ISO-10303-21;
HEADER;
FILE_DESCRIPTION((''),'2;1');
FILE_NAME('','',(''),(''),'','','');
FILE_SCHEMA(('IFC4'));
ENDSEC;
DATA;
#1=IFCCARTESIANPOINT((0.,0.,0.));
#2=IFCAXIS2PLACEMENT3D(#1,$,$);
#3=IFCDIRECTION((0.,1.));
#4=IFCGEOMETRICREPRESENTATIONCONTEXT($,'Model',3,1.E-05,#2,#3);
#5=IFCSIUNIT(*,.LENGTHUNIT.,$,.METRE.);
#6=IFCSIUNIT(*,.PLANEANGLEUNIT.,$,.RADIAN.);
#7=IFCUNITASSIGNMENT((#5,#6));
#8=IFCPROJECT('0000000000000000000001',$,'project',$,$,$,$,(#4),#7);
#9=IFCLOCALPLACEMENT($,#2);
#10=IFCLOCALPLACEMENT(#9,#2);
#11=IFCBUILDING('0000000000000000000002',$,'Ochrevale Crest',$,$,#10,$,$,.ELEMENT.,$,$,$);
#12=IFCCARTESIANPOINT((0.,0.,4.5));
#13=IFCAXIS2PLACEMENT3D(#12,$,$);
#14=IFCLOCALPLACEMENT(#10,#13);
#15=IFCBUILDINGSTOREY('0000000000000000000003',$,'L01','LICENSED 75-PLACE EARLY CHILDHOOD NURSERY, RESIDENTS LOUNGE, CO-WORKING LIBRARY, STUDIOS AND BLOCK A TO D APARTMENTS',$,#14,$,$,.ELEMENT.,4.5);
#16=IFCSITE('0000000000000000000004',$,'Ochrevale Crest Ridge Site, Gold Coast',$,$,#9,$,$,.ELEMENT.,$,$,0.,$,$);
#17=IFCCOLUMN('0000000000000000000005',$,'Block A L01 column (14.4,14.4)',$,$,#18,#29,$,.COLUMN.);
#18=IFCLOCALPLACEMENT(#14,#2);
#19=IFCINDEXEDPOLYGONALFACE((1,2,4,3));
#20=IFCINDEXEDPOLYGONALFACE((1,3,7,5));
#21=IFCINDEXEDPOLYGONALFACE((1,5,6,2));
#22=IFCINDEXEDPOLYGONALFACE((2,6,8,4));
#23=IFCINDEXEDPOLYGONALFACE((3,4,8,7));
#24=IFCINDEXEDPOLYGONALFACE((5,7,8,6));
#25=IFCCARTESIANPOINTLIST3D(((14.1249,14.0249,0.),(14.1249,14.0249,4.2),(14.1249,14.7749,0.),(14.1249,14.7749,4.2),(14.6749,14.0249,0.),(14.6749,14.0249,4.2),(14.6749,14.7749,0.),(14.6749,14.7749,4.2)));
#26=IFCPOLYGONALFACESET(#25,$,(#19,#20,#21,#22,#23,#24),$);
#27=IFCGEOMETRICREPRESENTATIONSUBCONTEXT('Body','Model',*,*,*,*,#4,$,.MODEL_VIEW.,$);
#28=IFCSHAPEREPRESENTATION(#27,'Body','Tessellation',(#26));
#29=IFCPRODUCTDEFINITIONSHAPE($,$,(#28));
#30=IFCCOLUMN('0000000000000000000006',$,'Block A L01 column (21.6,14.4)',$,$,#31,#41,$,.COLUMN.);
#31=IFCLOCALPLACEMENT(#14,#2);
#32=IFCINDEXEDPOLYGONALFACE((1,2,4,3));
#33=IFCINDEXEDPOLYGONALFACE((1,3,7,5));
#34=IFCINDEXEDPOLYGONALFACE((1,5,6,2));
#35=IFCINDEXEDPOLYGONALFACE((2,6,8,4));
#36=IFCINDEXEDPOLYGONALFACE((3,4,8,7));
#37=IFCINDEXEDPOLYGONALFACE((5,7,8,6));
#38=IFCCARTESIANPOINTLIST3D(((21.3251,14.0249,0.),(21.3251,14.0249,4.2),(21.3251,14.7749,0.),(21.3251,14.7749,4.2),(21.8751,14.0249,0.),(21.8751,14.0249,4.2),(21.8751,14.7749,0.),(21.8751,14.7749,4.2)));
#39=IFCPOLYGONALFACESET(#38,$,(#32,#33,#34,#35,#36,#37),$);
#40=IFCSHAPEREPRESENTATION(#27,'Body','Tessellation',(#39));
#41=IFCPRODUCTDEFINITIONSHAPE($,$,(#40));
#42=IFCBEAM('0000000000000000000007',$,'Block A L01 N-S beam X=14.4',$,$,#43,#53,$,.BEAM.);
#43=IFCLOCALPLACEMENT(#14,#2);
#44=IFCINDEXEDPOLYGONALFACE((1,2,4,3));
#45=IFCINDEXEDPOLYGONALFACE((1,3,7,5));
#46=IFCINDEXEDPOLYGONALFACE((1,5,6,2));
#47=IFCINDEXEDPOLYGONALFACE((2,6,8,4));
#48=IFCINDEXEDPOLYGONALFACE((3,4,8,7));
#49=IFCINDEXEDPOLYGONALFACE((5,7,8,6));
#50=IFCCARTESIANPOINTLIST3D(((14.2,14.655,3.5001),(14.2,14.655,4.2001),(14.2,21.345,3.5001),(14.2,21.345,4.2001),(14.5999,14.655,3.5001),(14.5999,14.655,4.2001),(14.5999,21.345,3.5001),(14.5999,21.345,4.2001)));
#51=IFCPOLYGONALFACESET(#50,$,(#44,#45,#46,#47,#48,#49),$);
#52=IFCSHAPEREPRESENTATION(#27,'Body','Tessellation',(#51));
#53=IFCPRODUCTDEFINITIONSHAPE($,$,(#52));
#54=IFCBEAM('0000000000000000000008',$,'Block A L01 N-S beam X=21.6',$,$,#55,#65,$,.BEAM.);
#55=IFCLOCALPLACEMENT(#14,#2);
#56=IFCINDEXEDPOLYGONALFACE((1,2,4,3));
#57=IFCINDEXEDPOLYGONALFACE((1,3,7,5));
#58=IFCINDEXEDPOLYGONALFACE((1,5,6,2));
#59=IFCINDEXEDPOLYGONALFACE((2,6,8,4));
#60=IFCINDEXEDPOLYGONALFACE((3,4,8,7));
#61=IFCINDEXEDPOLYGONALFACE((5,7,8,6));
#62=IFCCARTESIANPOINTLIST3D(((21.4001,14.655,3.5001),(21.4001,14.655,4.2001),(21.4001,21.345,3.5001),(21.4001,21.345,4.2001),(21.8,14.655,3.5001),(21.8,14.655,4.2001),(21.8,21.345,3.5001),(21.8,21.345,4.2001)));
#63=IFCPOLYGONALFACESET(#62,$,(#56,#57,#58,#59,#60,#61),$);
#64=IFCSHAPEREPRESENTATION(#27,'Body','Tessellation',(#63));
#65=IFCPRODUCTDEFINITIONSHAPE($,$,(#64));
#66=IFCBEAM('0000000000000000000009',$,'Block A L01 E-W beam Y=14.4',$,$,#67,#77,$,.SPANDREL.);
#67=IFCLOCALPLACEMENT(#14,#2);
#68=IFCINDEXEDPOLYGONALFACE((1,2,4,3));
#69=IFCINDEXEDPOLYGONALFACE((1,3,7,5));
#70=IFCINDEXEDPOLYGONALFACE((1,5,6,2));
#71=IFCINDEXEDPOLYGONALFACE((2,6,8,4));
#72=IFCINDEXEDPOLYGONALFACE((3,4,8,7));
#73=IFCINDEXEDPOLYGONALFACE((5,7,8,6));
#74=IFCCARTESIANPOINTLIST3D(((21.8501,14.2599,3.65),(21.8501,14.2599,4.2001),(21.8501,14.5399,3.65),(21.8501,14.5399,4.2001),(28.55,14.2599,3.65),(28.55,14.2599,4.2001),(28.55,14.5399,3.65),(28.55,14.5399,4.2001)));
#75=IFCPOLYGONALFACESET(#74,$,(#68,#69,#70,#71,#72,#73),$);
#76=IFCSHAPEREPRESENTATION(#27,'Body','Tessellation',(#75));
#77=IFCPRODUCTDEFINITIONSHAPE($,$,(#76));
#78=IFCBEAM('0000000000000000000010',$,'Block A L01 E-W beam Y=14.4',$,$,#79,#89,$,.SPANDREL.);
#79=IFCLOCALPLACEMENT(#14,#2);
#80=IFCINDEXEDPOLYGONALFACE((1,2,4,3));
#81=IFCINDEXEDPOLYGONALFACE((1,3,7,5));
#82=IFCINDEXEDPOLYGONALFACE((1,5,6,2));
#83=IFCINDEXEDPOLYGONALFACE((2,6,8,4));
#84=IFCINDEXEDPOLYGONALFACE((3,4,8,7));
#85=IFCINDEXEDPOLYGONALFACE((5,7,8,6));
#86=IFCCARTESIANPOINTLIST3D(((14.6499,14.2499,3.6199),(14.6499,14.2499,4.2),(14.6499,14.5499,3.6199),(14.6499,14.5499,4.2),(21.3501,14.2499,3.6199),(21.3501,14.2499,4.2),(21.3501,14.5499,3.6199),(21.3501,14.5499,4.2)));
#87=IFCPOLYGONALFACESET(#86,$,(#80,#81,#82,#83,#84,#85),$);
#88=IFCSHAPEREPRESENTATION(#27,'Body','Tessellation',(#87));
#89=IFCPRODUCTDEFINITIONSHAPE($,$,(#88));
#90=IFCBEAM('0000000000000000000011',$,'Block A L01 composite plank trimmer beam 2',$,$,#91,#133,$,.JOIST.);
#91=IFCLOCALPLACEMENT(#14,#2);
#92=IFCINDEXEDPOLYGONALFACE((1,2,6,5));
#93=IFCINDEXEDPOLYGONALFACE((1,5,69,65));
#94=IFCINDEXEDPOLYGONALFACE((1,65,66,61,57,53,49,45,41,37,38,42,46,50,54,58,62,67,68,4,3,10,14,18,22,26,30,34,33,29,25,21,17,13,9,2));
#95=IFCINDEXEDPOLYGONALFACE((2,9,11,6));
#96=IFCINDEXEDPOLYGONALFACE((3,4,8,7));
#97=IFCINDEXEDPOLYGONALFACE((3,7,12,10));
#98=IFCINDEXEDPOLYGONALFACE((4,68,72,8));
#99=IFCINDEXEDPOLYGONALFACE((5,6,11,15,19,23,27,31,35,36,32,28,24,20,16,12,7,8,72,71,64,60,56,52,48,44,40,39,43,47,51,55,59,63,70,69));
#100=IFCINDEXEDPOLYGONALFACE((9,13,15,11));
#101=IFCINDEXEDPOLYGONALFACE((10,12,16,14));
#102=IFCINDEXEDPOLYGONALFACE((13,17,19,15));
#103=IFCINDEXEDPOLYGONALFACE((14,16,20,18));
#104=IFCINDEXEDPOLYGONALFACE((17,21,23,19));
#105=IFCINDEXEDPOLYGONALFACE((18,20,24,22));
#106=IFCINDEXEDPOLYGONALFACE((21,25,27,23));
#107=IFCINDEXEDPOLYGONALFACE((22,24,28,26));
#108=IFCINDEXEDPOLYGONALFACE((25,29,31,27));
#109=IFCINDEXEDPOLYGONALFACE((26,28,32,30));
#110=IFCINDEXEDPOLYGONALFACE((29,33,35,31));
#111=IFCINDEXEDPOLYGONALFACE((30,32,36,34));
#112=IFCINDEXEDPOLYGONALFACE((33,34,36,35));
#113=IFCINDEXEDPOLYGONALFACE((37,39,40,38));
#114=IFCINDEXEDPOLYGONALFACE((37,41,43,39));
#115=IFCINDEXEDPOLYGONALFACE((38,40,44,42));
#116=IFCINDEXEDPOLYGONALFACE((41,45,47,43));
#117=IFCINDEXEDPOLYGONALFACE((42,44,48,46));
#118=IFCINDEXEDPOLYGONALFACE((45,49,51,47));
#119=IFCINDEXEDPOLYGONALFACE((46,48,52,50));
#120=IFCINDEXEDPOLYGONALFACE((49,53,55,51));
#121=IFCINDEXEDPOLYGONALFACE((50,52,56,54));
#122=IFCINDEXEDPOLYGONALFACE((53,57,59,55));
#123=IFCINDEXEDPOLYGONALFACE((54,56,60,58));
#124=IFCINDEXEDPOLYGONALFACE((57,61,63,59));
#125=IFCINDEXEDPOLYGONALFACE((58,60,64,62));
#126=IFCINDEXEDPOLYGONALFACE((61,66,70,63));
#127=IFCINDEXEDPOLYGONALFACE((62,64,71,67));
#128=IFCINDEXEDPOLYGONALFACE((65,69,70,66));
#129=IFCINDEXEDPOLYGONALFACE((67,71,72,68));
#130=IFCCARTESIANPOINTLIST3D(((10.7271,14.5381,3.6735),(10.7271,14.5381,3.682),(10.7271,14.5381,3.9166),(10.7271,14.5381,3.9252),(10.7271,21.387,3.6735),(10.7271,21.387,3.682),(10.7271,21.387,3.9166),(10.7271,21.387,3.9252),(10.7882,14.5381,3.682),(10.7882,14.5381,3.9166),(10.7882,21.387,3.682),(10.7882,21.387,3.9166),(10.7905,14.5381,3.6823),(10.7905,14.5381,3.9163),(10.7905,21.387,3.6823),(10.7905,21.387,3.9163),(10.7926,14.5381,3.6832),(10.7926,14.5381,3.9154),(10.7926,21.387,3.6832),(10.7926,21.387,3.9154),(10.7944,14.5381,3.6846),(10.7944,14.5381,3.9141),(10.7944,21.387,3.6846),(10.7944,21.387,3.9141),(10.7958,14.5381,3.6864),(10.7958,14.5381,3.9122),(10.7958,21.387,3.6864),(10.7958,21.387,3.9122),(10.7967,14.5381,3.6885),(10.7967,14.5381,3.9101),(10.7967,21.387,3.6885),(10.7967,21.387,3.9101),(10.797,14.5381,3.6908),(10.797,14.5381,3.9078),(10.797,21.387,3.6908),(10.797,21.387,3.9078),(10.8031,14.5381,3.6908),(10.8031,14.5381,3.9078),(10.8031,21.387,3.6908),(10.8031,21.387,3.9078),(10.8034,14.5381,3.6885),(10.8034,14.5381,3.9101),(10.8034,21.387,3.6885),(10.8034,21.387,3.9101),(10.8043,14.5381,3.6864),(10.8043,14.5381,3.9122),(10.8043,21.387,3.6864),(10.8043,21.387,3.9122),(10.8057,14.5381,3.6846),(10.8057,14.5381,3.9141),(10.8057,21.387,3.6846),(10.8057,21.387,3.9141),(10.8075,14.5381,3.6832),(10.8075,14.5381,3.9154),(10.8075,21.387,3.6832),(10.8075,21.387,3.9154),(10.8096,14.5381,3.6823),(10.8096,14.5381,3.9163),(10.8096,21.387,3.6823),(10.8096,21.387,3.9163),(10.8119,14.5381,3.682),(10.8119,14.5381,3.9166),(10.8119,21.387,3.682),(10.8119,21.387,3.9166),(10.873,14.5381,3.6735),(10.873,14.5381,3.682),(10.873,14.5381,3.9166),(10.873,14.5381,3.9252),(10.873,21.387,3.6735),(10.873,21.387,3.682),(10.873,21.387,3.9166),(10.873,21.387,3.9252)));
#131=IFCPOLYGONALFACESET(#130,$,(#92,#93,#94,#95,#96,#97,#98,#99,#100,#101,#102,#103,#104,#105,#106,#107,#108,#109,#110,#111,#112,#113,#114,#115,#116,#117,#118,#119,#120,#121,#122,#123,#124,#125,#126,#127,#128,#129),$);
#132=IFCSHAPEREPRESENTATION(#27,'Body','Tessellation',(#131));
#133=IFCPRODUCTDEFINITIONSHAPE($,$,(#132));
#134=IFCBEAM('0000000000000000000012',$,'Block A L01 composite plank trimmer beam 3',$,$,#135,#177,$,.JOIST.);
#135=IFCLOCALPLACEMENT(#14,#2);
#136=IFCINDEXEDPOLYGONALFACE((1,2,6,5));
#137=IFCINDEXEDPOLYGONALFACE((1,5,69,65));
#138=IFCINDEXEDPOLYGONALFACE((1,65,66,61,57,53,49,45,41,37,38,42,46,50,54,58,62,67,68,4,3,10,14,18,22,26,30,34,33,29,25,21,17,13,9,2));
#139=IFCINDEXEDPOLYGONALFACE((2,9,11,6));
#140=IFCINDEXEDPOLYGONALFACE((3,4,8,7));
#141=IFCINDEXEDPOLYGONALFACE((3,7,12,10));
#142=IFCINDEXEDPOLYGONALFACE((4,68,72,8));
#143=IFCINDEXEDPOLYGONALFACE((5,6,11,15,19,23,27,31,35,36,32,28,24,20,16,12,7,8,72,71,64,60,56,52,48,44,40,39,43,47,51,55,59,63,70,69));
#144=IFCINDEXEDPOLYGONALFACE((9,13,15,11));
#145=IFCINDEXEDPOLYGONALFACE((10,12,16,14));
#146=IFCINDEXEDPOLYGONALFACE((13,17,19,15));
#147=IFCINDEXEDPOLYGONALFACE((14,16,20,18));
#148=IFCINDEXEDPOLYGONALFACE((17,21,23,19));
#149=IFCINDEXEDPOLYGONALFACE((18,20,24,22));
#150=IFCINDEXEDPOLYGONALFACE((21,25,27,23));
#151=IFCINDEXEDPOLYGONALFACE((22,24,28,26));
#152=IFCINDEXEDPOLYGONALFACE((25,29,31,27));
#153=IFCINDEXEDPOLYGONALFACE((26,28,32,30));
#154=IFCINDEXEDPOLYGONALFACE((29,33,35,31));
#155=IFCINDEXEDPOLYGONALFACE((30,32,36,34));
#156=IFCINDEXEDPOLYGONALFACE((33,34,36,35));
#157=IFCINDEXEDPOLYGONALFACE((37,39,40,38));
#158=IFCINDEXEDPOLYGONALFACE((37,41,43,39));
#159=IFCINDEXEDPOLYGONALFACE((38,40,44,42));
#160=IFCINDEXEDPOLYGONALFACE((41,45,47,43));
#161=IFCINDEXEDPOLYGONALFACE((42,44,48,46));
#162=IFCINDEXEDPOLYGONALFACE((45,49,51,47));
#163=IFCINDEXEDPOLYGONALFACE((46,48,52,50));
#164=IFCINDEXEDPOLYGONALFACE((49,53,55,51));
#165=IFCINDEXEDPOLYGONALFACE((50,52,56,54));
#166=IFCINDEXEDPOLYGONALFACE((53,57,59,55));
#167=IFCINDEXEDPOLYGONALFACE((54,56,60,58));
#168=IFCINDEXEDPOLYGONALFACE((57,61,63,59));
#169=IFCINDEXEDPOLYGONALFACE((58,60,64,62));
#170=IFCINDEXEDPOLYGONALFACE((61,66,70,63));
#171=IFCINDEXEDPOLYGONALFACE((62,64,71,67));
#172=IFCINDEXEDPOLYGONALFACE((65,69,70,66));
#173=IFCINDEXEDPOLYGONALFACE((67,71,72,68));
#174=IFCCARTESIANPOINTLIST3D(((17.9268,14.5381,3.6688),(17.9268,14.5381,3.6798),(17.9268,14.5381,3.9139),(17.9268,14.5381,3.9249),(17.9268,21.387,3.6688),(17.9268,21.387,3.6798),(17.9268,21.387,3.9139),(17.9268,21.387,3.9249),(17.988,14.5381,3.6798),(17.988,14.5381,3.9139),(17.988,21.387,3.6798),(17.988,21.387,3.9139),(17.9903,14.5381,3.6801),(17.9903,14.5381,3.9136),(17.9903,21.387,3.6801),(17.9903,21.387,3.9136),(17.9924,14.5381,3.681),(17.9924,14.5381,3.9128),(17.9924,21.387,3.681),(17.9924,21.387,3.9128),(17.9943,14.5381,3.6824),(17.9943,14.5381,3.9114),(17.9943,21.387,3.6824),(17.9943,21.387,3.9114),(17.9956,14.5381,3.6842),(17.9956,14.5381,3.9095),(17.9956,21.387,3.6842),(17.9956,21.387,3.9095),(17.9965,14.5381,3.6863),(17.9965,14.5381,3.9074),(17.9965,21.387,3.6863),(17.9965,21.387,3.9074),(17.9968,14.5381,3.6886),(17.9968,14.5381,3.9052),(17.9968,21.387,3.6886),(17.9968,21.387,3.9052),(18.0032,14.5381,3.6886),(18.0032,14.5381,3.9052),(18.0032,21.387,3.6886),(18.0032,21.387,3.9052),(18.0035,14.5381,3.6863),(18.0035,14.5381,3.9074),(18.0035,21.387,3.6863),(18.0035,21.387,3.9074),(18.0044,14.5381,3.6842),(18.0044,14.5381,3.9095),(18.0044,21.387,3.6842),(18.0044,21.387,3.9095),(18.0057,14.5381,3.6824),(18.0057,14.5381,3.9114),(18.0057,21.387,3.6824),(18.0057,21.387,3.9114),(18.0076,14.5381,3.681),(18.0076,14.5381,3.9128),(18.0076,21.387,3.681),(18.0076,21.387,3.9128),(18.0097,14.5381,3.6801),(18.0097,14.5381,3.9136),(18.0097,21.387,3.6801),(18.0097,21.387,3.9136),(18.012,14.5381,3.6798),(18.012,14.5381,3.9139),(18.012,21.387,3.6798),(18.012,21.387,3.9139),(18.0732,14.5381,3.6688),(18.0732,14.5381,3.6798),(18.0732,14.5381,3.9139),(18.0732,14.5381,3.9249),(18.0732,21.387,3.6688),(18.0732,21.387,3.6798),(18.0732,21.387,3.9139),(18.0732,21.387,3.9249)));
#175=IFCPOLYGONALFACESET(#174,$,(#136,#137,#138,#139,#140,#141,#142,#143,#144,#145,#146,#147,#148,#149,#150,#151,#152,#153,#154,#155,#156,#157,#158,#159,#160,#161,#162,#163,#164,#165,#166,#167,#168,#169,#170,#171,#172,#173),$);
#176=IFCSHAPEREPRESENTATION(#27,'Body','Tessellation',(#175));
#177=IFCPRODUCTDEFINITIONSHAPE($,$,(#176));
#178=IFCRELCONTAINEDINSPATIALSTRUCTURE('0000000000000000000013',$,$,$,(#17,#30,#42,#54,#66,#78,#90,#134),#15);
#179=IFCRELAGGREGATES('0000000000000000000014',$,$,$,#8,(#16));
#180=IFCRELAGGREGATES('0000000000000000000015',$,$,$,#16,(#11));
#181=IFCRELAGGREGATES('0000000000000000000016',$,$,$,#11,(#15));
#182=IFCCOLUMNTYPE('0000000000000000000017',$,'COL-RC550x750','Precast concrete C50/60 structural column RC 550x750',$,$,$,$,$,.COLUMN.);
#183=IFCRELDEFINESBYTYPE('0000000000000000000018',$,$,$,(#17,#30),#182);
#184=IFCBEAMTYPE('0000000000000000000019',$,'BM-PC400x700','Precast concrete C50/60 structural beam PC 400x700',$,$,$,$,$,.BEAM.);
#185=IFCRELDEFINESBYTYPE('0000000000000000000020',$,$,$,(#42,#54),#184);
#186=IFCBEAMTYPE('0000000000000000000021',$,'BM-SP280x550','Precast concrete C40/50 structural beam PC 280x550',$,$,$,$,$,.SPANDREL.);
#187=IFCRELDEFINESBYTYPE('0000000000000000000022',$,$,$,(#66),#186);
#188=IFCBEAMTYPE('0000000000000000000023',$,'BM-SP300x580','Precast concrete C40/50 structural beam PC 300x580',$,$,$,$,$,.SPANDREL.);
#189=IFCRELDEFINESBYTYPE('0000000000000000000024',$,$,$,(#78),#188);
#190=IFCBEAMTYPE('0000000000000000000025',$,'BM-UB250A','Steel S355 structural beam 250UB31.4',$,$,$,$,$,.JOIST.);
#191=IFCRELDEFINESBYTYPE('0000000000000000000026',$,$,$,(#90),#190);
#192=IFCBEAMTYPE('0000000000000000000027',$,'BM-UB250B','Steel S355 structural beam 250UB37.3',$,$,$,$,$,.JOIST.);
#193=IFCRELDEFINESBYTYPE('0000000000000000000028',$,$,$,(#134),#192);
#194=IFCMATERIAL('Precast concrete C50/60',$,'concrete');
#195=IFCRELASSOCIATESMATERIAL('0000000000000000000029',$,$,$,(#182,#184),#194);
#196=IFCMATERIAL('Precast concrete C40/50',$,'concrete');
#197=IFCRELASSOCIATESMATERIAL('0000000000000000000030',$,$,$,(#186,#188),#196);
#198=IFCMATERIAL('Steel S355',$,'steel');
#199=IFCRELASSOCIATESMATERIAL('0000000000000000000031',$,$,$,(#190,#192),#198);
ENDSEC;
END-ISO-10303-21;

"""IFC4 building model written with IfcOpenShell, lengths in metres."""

from ifc_helpers import new_model, si_unit, direction, frame, origin, origin_2d, place, context, subcontext, project, spatial, rectangle, i_section, extrude, material, material_profile, profile_set, type_object, element, save


model = new_model("IFC4")

# Units and contexts
model_context = context("Model", 3, precision=1e-05, world=origin(), true_north=direction((0.0, 1.0)))
body_context = subcontext(model_context, "Body", "Model", "MODEL_VIEW")
ifc_project = project(units=[si_unit("LENGTHUNIT", "METRE"), si_unit("PLANEANGLEUNIT", "RADIAN")], contexts=[model_context])

# Site, building, storey
site_placement = place(None, origin())
site = spatial("IfcSite", under=ifc_project, at=site_placement, Name="Ochrevale Crest Ridge Site, Gold Coast", CompositionType="ELEMENT", RefElevation=0.0)
building_placement = place(site_placement, origin())
building = spatial("IfcBuilding", under=site, at=building_placement, Name="Ochrevale Crest", CompositionType="ELEMENT")
storey_placement = place(building_placement, frame((0.0, 0.0, 4.5)))
storey = spatial("IfcBuildingStorey", under=building, at=storey_placement, Name="L01", Description="LICENSED 75-PLACE EARLY CHILDHOOD NURSERY, RESIDENTS LOUNGE, CO-WORKING LIBRARY, STUDIOS AND BLOCK A TO D APARTMENTS", CompositionType="ELEMENT", Elevation=4.5)

# Columns
ifc_material_1 = material(Name="Precast concrete C50/60", Category="concrete")
ifc_material_profile_1 = material_profile(ifc_material_1, rectangle(XDim=0.55, YDim=0.75, at=origin_2d()), Name="RC 550x750")
ifc_profile_set_1 = profile_set([ifc_material_profile_1], Name="Precast concrete C50/60")
column_type = type_object("IfcColumnType", Name="COL-RC550x750", Description="Precast concrete C50/60 structural column RC 550x750", PredefinedType="COLUMN", material=ifc_profile_set_1)
for number, where, z_axis, x_axis, name in (
    (1, (14.3999, 14.3999, 0.0), (0.0, 0.0, 1.0), (1.0, 0.0, 0.0), "Block A L01 column (14.4,14.4)"),
    (2, (21.6001, 14.3999, 0.0), (0.0, 0.0, 1.0), (1.0, 0.0, 0.0), "Block A L01 column (21.6,14.4)"),
):
    element("IfcColumn", number, at=place(storey_placement, frame(where, z_axis=z_axis, x_axis=x_axis)), inside=storey, type_object=column_type, Name=name, PredefinedType="COLUMN", context=body_context, shape_type="SweptSolid", body=[
        extrude(rectangle(XDim=0.55, YDim=0.75, at=origin_2d()), origin(), (0.0, 0.0, 1.0), 4.2),
    ])

# Beams
ifc_material_profile_2 = material_profile(ifc_material_1, rectangle(XDim=0.3999, YDim=0.7, at=origin_2d()), Name="PC 400x700")
ifc_profile_set_2 = profile_set([ifc_material_profile_2], Name="Precast concrete C50/60")
beam_type_1 = type_object("IfcBeamType", Name="BM-PC400x700", Description="Precast concrete C50/60 structural beam PC 400x700", PredefinedType="BEAM", material=ifc_profile_set_2)
for number, where, z_axis, x_axis, name in (
    (3, (14.3999, 14.655, 3.8501), (0.0, 1.0, 0.0), (-1.0, 0.0, 0.0), "Block A L01 N-S beam X=14.4"),
    (4, (21.6001, 14.655, 3.8501), (0.0, 1.0, 0.0), (-1.0, 0.0, 0.0), "Block A L01 N-S beam X=21.6"),
):
    element("IfcBeam", number, at=place(storey_placement, frame(where, z_axis=z_axis, x_axis=x_axis)), inside=storey, type_object=beam_type_1, Name=name, PredefinedType="BEAM", context=body_context, shape_type="SweptSolid", body=[
        extrude(rectangle(XDim=0.3999, YDim=0.7, at=origin_2d()), origin(), (0.0, 0.0, 1.0), 6.6899),
    ])
ifc_material_2 = material(Name="Precast concrete C40/50", Category="concrete")
ifc_material_profile_3 = material_profile(ifc_material_2, rectangle(XDim=0.28, YDim=0.55, at=origin_2d()), Name="PC 280x550")
ifc_profile_set_3 = profile_set([ifc_material_profile_3], Name="Precast concrete C40/50")
beam_type_2 = type_object("IfcBeamType", Name="BM-SP280x550", Description="Precast concrete C40/50 structural beam PC 280x550", PredefinedType="SPANDREL", material=ifc_profile_set_3)
beam_1_placement = place(storey_placement, frame((21.8501, 14.3999, 3.925), z_axis=(1.0, 0.0, 0.0), x_axis=(0.0, 1.0, 0.0)))
element("IfcBeam", 5, at=beam_1_placement, inside=storey, type_object=beam_type_2, Name="Block A L01 E-W beam Y=14.4", PredefinedType="SPANDREL", context=body_context, shape_type="SweptSolid", body=[
    extrude(rectangle(XDim=0.28, YDim=0.55, at=origin_2d()), origin(), (0.0, 0.0, 1.0), 6.7),
])
ifc_material_profile_4 = material_profile(ifc_material_2, rectangle(XDim=0.3, YDim=0.5801, at=origin_2d()), Name="PC 300x580")
ifc_profile_set_4 = profile_set([ifc_material_profile_4], Name="Precast concrete C40/50")
beam_type_3 = type_object("IfcBeamType", Name="BM-SP300x580", Description="Precast concrete C40/50 structural beam PC 300x580", PredefinedType="SPANDREL", material=ifc_profile_set_4)
beam_2_placement = place(storey_placement, frame((14.6499, 14.3999, 3.9099), z_axis=(1.0, 0.0, 0.0), x_axis=(0.0, 1.0, 0.0)))
element("IfcBeam", 6, at=beam_2_placement, inside=storey, type_object=beam_type_3, Name="Block A L01 E-W beam Y=14.4", PredefinedType="SPANDREL", context=body_context, shape_type="SweptSolid", body=[
    extrude(rectangle(XDim=0.3, YDim=0.5801, at=origin_2d()), origin(), (0.0, 0.0, 1.0), 6.7002),
])
ifc_material_3 = material(Name="Steel S355", Category="steel")
ifc_material_profile_5 = material_profile(ifc_material_3, i_section(OverallWidth=0.146, OverallDepth=0.2517, WebThickness=0.0061, FlangeThickness=0.0085, FilletRadius=0.0088, at=origin_2d()), Name="250UB31.4")
ifc_profile_set_5 = profile_set([ifc_material_profile_5], Name="Steel S355")
beam_type_4 = type_object("IfcBeamType", Name="BM-UB250A", Description="Steel S355 structural beam 250UB31.4", PredefinedType="JOIST", material=ifc_profile_set_5)
beam_3_placement = place(storey_placement, frame((10.8, 14.5381, 3.7993), z_axis=(0.0, 1.0, 0.0), x_axis=(-1.0, 0.0, 0.0)))
element("IfcBeam", 7, at=beam_3_placement, inside=storey, type_object=beam_type_4, Name="Block A L01 composite plank trimmer beam 2", PredefinedType="JOIST", context=body_context, shape_type="SweptSolid", body=[
    extrude(i_section(OverallWidth=0.146, OverallDepth=0.2517, WebThickness=0.0061, FlangeThickness=0.0085, FilletRadius=0.0088, at=origin_2d()), origin(), (0.0, 0.0, 1.0), 6.8489),
])
ifc_material_profile_6 = material_profile(ifc_material_3, i_section(OverallWidth=0.1465, OverallDepth=0.2561, WebThickness=0.0063, FlangeThickness=0.011, FilletRadius=0.0088, at=origin_2d()), Name="250UB37.3")
ifc_profile_set_6 = profile_set([ifc_material_profile_6], Name="Steel S355")
beam_type_5 = type_object("IfcBeamType", Name="BM-UB250B", Description="Steel S355 structural beam 250UB37.3", PredefinedType="JOIST", material=ifc_profile_set_6)
beam_4_placement = place(storey_placement, frame((18.0, 14.5381, 3.7969), z_axis=(0.0, 1.0, 0.0), x_axis=(-1.0, 0.0, 0.0)))
element("IfcBeam", 8, at=beam_4_placement, inside=storey, type_object=beam_type_5, Name="Block A L01 composite plank trimmer beam 3", PredefinedType="JOIST", context=body_context, shape_type="SweptSolid", body=[
    extrude(i_section(OverallWidth=0.1465, OverallDepth=0.2561, WebThickness=0.0063, FlangeThickness=0.011, FilletRadius=0.0088, at=origin_2d()), origin(), (0.0, 0.0, 1.0), 6.8489),
])

save(model, "model.ifc")
